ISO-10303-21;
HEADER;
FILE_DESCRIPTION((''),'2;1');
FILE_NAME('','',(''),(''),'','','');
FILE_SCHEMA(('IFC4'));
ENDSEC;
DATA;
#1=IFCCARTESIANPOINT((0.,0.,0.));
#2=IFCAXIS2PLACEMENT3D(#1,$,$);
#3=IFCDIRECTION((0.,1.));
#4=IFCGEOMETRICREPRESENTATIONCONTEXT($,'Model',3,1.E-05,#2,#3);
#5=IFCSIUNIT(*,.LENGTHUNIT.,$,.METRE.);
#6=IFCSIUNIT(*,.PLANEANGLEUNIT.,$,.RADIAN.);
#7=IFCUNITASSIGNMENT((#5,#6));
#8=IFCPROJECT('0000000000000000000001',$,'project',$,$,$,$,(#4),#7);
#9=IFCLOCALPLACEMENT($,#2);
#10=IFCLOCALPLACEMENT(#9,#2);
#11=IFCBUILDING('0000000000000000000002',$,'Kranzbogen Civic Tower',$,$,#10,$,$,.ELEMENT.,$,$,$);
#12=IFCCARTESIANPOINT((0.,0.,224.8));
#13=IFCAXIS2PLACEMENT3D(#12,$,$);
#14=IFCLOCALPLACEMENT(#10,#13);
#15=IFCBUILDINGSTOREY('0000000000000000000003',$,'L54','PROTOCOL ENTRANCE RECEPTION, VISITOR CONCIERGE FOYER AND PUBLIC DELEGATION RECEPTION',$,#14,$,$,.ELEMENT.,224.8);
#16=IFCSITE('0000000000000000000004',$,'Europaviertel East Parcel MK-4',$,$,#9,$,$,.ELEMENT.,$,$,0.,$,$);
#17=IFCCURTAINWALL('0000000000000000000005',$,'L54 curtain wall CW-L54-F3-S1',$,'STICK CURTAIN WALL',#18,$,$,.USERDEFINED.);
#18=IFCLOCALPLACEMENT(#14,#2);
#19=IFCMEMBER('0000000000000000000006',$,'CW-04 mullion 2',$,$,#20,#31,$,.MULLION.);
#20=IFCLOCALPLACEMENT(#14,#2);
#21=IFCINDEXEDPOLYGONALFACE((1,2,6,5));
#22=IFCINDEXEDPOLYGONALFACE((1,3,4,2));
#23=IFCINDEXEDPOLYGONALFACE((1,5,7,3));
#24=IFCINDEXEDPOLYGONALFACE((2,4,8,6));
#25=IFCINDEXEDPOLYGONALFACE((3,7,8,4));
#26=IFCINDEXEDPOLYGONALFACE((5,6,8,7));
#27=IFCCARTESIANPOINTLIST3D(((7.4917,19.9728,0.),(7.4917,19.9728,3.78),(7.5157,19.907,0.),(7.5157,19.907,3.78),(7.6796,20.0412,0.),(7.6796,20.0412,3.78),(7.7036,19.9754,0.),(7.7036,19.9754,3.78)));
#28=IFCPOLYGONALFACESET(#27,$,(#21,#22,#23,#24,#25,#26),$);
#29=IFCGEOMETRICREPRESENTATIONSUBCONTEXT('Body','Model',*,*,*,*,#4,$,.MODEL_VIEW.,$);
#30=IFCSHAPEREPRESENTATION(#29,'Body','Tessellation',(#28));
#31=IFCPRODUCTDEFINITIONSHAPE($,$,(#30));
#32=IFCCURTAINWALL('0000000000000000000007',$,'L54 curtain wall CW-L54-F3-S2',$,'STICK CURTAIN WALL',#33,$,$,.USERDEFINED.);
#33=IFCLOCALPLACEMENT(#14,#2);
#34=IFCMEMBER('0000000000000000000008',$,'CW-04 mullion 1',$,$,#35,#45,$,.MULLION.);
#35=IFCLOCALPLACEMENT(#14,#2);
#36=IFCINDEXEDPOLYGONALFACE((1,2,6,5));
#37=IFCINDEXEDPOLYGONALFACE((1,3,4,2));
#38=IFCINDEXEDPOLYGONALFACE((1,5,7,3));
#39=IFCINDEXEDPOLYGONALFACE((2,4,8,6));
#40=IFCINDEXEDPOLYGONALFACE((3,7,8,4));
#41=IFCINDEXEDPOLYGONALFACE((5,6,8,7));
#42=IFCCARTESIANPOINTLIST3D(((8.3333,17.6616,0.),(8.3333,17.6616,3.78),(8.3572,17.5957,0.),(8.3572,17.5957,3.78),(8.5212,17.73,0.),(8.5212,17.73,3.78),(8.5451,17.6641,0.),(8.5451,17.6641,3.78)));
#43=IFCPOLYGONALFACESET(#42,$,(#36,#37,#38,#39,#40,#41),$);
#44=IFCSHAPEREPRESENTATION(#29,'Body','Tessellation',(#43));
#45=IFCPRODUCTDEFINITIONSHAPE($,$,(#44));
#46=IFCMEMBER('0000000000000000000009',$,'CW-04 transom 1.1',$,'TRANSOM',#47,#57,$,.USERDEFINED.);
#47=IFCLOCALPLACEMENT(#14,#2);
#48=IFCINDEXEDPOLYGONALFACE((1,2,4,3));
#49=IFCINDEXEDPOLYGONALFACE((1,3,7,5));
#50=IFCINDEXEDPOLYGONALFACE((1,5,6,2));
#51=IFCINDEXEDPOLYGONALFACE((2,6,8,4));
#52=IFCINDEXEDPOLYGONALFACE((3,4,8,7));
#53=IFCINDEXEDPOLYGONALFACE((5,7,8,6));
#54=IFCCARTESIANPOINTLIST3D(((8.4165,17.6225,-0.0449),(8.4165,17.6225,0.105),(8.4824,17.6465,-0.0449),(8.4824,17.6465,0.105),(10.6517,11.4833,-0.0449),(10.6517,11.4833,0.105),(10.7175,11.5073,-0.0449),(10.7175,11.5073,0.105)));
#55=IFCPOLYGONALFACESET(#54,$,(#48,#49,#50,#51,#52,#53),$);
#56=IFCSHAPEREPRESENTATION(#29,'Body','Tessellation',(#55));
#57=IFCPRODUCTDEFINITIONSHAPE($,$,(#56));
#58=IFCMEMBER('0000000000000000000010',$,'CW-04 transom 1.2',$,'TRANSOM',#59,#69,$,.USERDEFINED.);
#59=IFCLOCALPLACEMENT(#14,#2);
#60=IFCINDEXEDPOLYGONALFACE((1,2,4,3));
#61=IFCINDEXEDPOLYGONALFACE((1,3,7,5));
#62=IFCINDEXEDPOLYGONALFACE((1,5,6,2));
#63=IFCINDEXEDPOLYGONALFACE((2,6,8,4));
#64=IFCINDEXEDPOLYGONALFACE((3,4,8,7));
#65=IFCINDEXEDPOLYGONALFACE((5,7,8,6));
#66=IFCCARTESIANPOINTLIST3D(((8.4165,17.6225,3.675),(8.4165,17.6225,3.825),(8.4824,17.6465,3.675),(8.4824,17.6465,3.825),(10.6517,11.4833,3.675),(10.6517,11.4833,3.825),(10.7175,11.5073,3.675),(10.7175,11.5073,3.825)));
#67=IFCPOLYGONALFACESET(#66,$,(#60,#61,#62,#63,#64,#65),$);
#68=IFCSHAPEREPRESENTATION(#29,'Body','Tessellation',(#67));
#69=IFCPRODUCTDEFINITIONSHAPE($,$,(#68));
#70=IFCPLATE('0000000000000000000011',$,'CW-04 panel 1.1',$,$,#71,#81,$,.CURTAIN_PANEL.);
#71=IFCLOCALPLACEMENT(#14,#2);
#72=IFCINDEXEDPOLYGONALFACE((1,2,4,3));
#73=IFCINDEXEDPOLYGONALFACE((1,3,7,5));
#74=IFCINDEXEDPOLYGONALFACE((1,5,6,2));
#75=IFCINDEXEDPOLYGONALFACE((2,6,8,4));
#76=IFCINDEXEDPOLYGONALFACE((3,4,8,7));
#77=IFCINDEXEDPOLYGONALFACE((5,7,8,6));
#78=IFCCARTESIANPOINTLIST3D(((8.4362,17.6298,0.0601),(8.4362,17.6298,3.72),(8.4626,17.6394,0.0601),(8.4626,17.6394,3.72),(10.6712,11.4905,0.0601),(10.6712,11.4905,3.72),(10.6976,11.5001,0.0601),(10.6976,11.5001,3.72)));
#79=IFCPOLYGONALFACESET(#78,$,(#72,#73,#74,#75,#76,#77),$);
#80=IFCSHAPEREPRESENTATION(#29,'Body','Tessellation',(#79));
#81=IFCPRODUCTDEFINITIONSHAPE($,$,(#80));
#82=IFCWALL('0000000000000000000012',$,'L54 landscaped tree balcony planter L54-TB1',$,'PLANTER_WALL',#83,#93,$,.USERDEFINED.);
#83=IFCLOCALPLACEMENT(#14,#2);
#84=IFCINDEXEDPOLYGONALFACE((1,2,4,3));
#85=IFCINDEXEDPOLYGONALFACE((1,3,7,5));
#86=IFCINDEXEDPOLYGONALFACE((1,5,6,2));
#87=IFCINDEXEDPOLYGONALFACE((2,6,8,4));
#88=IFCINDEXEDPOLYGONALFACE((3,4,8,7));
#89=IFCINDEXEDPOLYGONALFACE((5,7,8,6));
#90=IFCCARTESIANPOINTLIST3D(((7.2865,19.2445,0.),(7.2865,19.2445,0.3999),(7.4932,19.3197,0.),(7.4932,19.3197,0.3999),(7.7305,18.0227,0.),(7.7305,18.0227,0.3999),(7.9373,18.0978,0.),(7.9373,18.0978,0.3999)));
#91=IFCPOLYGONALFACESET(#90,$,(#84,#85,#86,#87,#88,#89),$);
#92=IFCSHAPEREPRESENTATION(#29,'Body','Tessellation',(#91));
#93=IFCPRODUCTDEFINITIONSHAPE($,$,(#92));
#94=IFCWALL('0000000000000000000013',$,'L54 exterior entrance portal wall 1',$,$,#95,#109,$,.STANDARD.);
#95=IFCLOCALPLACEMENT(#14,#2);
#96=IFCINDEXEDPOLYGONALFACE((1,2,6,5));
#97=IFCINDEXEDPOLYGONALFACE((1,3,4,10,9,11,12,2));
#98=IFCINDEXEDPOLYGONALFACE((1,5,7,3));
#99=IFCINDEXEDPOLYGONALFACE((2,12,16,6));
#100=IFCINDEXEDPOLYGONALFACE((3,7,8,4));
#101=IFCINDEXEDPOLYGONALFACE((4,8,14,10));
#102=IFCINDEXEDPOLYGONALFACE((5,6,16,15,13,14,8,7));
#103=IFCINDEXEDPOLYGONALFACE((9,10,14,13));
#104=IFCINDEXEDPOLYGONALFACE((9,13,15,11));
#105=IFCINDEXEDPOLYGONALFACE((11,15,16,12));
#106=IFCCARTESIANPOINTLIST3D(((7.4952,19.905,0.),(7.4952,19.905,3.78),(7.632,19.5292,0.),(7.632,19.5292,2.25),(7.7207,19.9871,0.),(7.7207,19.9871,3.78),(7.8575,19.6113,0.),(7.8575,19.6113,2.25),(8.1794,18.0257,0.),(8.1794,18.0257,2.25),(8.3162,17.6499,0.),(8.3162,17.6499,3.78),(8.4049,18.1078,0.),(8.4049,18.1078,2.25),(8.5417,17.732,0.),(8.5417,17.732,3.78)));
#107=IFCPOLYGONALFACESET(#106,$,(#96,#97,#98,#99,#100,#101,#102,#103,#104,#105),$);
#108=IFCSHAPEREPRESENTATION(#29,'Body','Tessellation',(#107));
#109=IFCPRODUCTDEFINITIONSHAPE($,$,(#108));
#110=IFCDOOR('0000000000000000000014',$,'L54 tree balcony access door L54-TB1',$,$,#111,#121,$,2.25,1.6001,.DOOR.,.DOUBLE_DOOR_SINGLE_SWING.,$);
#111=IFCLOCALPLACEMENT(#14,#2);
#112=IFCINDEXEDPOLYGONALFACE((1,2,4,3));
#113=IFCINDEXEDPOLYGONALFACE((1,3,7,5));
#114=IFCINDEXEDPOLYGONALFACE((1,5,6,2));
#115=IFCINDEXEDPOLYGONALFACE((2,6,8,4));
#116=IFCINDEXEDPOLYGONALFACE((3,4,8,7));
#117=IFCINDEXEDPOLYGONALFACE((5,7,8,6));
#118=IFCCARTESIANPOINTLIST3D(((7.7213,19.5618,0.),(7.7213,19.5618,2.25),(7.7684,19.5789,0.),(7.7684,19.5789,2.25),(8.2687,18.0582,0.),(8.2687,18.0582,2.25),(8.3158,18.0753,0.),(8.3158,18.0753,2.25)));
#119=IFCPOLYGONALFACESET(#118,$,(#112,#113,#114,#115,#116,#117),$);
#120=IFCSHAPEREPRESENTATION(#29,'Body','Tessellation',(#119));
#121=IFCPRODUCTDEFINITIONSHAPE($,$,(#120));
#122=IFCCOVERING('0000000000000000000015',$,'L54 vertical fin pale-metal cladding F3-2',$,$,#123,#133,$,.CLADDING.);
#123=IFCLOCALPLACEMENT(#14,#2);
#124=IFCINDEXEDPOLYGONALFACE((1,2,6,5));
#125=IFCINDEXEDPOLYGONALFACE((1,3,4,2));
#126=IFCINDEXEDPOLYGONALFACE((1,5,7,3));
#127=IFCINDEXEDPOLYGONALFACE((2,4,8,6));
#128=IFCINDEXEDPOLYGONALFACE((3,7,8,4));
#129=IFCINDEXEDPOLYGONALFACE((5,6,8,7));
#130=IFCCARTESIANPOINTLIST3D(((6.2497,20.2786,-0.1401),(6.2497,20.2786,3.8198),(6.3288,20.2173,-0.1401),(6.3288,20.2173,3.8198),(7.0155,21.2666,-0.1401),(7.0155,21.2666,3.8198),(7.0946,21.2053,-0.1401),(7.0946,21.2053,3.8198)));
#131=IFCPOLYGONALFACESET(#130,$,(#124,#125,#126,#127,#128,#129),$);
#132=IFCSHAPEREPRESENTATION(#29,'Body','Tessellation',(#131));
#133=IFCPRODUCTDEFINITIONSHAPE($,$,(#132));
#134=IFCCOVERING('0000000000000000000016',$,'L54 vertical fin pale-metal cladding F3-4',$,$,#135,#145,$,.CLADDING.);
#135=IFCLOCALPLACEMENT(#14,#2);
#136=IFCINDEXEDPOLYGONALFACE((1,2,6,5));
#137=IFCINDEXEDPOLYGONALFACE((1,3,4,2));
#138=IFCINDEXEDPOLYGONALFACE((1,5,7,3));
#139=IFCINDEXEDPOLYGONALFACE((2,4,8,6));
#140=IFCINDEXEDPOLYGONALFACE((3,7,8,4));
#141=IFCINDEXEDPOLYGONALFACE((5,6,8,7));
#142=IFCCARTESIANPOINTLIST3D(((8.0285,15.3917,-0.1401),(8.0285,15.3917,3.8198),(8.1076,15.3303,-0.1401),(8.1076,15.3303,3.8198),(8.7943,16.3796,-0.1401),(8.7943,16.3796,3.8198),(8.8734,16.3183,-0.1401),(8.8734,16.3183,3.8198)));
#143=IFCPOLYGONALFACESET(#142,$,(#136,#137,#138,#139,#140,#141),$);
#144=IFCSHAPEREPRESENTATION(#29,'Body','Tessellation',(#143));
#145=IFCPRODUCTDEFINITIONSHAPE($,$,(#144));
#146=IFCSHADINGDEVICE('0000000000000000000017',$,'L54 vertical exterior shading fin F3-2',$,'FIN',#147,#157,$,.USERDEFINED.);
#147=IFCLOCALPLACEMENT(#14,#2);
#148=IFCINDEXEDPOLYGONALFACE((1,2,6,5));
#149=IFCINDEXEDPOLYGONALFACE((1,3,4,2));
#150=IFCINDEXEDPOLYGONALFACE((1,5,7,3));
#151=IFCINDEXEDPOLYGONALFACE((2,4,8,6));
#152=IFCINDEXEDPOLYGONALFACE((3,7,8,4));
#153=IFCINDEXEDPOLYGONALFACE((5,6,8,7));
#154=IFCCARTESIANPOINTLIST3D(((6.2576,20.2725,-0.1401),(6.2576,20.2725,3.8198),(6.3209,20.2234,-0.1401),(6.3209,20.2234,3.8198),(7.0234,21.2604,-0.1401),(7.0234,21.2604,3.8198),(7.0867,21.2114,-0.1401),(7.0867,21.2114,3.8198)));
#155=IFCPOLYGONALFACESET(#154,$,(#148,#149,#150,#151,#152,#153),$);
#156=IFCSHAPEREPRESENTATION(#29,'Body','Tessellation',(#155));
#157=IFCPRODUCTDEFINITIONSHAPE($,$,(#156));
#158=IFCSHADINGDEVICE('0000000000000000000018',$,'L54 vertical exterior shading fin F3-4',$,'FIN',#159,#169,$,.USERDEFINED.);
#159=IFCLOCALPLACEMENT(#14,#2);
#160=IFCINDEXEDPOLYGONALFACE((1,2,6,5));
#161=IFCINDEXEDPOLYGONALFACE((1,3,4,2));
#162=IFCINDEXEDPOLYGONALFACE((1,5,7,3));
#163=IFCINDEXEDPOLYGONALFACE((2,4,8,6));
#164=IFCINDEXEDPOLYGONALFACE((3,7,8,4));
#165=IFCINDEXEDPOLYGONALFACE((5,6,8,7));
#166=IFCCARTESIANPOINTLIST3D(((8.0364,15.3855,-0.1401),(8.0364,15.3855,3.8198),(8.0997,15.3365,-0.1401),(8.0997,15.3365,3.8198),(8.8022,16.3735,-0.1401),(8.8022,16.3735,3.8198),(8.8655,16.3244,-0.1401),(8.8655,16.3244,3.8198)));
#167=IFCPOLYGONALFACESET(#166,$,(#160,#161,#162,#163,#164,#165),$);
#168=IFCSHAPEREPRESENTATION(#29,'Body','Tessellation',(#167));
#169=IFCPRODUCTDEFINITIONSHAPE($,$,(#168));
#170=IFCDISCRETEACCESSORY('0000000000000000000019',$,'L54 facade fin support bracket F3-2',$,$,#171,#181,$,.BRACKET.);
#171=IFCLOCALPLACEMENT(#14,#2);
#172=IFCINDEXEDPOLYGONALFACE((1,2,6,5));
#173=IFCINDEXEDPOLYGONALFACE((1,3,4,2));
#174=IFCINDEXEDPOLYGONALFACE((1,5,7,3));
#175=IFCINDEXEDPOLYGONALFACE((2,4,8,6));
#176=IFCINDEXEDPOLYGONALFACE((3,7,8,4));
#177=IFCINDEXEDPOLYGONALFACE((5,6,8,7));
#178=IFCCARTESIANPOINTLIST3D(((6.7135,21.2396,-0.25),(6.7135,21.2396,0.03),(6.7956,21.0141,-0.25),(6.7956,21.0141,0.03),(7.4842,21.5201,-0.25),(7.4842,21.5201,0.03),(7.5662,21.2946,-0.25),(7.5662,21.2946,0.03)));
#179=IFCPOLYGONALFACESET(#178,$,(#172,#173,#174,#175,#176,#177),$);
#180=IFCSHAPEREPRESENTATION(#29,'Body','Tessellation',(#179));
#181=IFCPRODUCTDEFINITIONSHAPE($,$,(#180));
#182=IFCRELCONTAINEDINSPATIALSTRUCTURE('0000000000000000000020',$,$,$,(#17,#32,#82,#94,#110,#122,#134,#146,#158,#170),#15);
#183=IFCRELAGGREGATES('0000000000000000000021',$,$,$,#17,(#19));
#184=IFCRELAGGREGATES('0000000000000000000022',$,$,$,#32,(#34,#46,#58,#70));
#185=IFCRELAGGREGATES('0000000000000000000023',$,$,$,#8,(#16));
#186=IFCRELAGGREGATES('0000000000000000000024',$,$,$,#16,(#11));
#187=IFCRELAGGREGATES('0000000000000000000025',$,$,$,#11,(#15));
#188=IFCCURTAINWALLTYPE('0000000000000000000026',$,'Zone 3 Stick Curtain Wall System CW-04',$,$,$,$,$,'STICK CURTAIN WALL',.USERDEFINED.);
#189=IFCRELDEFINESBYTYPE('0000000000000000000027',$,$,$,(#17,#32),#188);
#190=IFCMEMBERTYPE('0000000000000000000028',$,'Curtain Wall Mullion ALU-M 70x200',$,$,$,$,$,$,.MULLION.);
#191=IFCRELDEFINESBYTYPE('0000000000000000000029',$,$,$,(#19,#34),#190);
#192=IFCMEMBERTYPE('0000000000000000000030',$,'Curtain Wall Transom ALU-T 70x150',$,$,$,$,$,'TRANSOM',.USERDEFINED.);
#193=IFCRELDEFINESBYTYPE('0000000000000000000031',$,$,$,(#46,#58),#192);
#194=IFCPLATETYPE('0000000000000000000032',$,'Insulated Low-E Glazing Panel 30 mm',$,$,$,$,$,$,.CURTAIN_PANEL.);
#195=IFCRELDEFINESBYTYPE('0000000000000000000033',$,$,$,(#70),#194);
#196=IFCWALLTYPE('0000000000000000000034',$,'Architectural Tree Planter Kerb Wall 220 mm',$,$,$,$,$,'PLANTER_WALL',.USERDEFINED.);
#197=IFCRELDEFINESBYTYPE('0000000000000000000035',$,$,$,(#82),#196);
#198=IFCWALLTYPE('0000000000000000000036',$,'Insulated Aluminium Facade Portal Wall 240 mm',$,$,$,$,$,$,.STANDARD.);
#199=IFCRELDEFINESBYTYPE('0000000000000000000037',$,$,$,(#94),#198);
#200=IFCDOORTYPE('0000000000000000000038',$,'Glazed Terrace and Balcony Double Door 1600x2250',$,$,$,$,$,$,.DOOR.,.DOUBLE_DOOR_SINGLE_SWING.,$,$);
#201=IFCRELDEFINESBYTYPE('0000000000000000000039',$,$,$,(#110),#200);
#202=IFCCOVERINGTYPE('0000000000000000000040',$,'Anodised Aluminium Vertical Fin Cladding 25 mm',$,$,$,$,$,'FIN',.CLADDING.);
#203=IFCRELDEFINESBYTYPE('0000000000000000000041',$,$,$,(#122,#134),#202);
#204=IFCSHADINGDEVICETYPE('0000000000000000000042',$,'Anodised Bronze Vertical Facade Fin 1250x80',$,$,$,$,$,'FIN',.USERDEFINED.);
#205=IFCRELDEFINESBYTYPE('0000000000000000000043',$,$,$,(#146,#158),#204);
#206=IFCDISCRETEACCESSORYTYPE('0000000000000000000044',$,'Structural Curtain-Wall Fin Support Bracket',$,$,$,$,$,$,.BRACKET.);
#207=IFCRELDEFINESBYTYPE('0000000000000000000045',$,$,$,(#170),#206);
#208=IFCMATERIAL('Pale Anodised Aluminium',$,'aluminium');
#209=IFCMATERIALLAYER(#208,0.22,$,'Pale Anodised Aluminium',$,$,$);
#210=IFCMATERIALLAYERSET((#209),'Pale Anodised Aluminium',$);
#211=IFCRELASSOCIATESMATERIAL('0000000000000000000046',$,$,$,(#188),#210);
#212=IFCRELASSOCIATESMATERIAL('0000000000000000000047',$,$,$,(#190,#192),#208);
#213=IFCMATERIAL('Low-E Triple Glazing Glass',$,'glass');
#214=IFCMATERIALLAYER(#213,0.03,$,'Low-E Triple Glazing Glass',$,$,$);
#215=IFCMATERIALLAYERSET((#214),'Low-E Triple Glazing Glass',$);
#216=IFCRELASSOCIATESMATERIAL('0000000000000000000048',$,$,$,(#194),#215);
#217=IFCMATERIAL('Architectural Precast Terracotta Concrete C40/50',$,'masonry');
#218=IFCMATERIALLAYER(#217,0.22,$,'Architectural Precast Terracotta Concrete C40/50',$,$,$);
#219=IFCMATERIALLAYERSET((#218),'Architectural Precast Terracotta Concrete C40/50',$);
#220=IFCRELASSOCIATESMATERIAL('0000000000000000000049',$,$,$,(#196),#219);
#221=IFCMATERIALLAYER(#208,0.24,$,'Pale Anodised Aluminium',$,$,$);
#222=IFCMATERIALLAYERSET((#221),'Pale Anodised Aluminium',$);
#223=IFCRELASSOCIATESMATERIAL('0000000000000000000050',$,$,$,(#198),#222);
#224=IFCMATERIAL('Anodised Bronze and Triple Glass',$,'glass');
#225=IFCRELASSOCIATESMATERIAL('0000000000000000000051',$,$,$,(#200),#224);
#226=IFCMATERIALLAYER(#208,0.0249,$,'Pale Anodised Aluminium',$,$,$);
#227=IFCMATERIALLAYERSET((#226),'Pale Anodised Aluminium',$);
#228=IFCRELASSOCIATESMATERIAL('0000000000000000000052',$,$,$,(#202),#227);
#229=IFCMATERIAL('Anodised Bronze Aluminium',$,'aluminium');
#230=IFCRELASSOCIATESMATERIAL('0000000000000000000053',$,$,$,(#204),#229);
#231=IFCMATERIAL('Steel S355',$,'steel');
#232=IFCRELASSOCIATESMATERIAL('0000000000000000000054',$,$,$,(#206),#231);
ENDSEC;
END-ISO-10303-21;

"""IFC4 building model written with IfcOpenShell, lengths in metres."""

from ifc_helpers import new_model, si_unit, direction, frame, frame_2d, origin, origin_2d, place, context, subcontext, project, spatial, rectangle, extrude, material, layer, layer_set, material_profile, profile_set, type_object, element, fill, aggregate, save


model = new_model("IFC4")

# Units and contexts
model_context = context("Model", 3, precision=1e-05, world=origin(), true_north=direction((0.0, 1.0)))
body_context = subcontext(model_context, "Body", "Model", "MODEL_VIEW")
ifc_project = project(units=[si_unit("LENGTHUNIT", "METRE"), si_unit("PLANEANGLEUNIT", "RADIAN")], contexts=[model_context])

# Site, building, storey
site_placement = place(None, origin())
site = spatial("IfcSite", under=ifc_project, at=site_placement, Name="Europaviertel East Parcel MK-4", CompositionType="ELEMENT", RefElevation=0.0)
building_placement = place(site_placement, origin())
building = spatial("IfcBuilding", under=site, at=building_placement, Name="Kranzbogen Civic Tower", CompositionType="ELEMENT")
storey_placement = place(building_placement, frame((0.0, 0.0, 224.8)))
storey = spatial("IfcBuildingStorey", under=building, at=storey_placement, Name="L54", Description="PROTOCOL ENTRANCE RECEPTION, VISITOR CONCIERGE FOYER AND PUBLIC DELEGATION RECEPTION", CompositionType="ELEMENT", Elevation=224.8)

# Curtain wall, member
ifc_material_1 = material(Name="Pale Anodised Aluminium", Category="aluminium")
ifc_layer_1 = layer(ifc_material_1, 0.22, Name="Pale Anodised Aluminium")
ifc_layer_set_1 = layer_set([ifc_layer_1], Name="Pale Anodised Aluminium")
curtain_wall_type = type_object("IfcCurtainWallType", Name="Zone 3 Stick Curtain Wall System CW-04", ElementType="STICK CURTAIN WALL", PredefinedType="USERDEFINED", material=ifc_layer_set_1)
curtain_wall_1_placement = place(storey_placement, origin())
curtain_wall_1 = element("IfcCurtainWall", 1, at=curtain_wall_1_placement, inside=storey, type_object=curtain_wall_type, Name="L54 curtain wall CW-L54-F3-S1", ObjectType="STICK CURTAIN WALL", PredefinedType="USERDEFINED")
ifc_material_profile_1 = material_profile(ifc_material_1, rectangle(XDim=0.0701, YDim=0.2, at=origin_2d()), Name="ALU-M 70x200")
ifc_profile_set_1 = profile_set([ifc_material_profile_1], Name="Pale Anodised Aluminium")
member_type_1 = type_object("IfcMemberType", Name="Curtain Wall Mullion ALU-M 70x200", PredefinedType="MULLION", material=ifc_profile_set_1)
member_1_placement = place(storey_placement, frame((7.5977, 19.9741, 0.0), z_axis=(0.0, 0.0, 1.0), x_axis=(0.342033, -0.939688, 0.0)))
member_1 = element("IfcMember", 2, at=member_1_placement, type_object=member_type_1, Name="CW-04 mullion 2", PredefinedType="MULLION", context=body_context, shape_type="SweptSolid", body=[
    extrude(rectangle(XDim=0.0701, YDim=0.2, at=origin_2d()), origin(), (0.0, 0.0, 1.0), 3.78),
])
aggregate(curtain_wall_1, [member_1])

# Curtain wall, members, plate
curtain_wall_2_placement = place(storey_placement, origin())
curtain_wall_2 = element("IfcCurtainWall", 3, at=curtain_wall_2_placement, inside=storey, type_object=curtain_wall_type, Name="L54 curtain wall CW-L54-F3-S2", ObjectType="STICK CURTAIN WALL", PredefinedType="USERDEFINED")
member_2_placement = place(storey_placement, frame((8.4392, 17.6628, 0.0), z_axis=(0.0, 0.0, 1.0), x_axis=(0.342081, -0.93967, 0.0)))
member_2 = element("IfcMember", 4, at=member_2_placement, type_object=member_type_1, Name="CW-04 mullion 1", PredefinedType="MULLION", context=body_context, shape_type="SweptSolid", body=[
    extrude(rectangle(XDim=0.0701, YDim=0.2, at=origin_2d()), origin(), (0.0, 0.0, 1.0), 3.78),
])
ifc_material_profile_2 = material_profile(ifc_material_1, rectangle(XDim=0.0701, YDim=0.1499, at=origin_2d()), Name="ALU-T 70x150")
ifc_profile_set_2 = profile_set([ifc_material_profile_2], Name="Pale Anodised Aluminium")
member_type_2 = type_object("IfcMemberType", Name="Curtain Wall Transom ALU-T 70x150", ElementType="TRANSOM", PredefinedType="USERDEFINED", material=ifc_profile_set_2)
member_3_placement = place(storey_placement, frame((8.4495, 17.6345, 0.03), z_axis=(0.342106, -0.939661, 0.0), x_axis=(0.939661, 0.342106, 0.0)))
member_3 = element("IfcMember", 5, at=member_3_placement, type_object=member_type_2, Name="CW-04 transom 1.1", ObjectType="TRANSOM", PredefinedType="USERDEFINED", context=body_context, shape_type="SweptSolid", body=[
    extrude(rectangle(XDim=0.0701, YDim=0.1499, at=origin_2d()), origin(), (0.0, 0.0, 1.0), 6.5334),
])
member_4_placement = place(storey_placement, frame((8.4495, 17.6345, 3.75), z_axis=(0.342106, -0.939661, 0.0), x_axis=(0.939661, 0.342106, 0.0)))
member_4 = element("IfcMember", 6, at=member_4_placement, type_object=member_type_2, Name="CW-04 transom 1.2", ObjectType="TRANSOM", PredefinedType="USERDEFINED", context=body_context, shape_type="SweptSolid", body=[
    extrude(rectangle(XDim=0.0701, YDim=0.1499, at=origin_2d()), origin(), (0.0, 0.0, 1.0), 6.5334),
])
ifc_material_2 = material(Name="Low-E Triple Glazing Glass", Category="glass")
ifc_layer_2 = layer(ifc_material_2, 0.03, Name="Low-E Triple Glazing Glass")
ifc_layer_set_2 = layer_set([ifc_layer_2], Name="Low-E Triple Glazing Glass")
plate_type = type_object("IfcPlateType", Name="Insulated Low-E Glazing Panel 30 mm", PredefinedType="CURTAIN_PANEL", material=ifc_layer_set_2)
plate_placement = place(storey_placement, frame((9.5669, 14.5649, 0.0601), z_axis=(0.0, 0.0, 1.0), x_axis=(0.342081, -0.93967, 0.0)))
plate = element("IfcPlate", 7, at=plate_placement, type_object=plate_type, Name="CW-04 panel 1.1", PredefinedType="CURTAIN_PANEL", context=body_context, shape_type="SweptSolid", body=[
    extrude(rectangle(XDim=6.5334, YDim=0.0281, at=origin_2d()), origin(), (0.0, 0.0, 1.0), 3.6599),
])
aggregate(curtain_wall_2, [member_2, member_3, member_4, plate])

# Wall
ifc_material_3 = material(Name="Architectural Precast Terracotta Concrete C40/50", Category="masonry")
ifc_layer_3 = layer(ifc_material_3, 0.22, Name="Architectural Precast Terracotta Concrete C40/50")
ifc_layer_set_3 = layer_set([ifc_layer_3], Name="Architectural Precast Terracotta Concrete C40/50")
wall_type_1 = type_object("IfcWallType", Name="Architectural Tree Planter Kerb Wall 220 mm", ElementType="PLANTER_WALL", PredefinedType="USERDEFINED", material=ifc_layer_set_3)
wall_1_placement = place(storey_placement, frame((7.3899, 19.282, 0.0), z_axis=(0.0, 0.0, 1.0), x_axis=(0.341577, -0.939854, 0.0)))
element("IfcWall", 8, at=wall_1_placement, inside=storey, type_object=wall_type_1, Name="L54 landscaped tree balcony planter L54-TB1", ObjectType="PLANTER_WALL", PredefinedType="USERDEFINED", context=body_context, shape_type="SweptSolid", body=[
    extrude(rectangle(XDim=1.3, YDim=0.22, at=frame_2d((0.6499, 0.0))), origin(), (0.0, 0.0, 1.0), 0.3999),
])

# Wall, opening, door
ifc_layer_4 = layer(ifc_material_1, 0.24, Name="Pale Anodised Aluminium")
ifc_layer_set_4 = layer_set([ifc_layer_4], Name="Pale Anodised Aluminium")
wall_type_2 = type_object("IfcWallType", Name="Insulated Aluminium Facade Portal Wall 240 mm", PredefinedType="STANDARD", material=ifc_layer_set_4)
wall_2_placement = place(storey_placement, frame((7.6079, 19.946, 0.0), z_axis=(0.0, 0.0, 1.0), x_axis=(0.342111, -0.93966, 0.0)))
wall_2 = element("IfcWall", 9, at=wall_2_placement, inside=storey, type_object=wall_type_2, Name="L54 exterior entrance portal wall 1", PredefinedType="STANDARD", context=body_context, shape_type="SweptSolid", body=[
    extrude(rectangle(XDim=2.3999, YDim=0.24, at=frame_2d((1.2, 0.0))), origin(), (0.0, 0.0, 1.0), 3.78),
])
opening_placement = place(wall_2_placement, frame((0.3999, 0.0, 0.0)))
opening = element("IfcOpeningElement", 10, at=opening_placement, cuts=wall_2, PredefinedType="OPENING", context=body_context, shape_type="SweptSolid", body=[
    extrude(rectangle(XDim=1.6001, YDim=2.25, at=frame_2d((0.8, 1.125))), frame((0.0, 0.1299, 0.0), z_axis=(0.0, -1.0, 0.0), x_axis=(1.0, 0.0, 0.0)), (0.0, 0.0, 1.0), 0.26),
])
ifc_material_4 = material(Name="Anodised Bronze and Triple Glass", Category="glass")
door_type = type_object("IfcDoorType", Name="Glazed Terrace and Balcony Double Door 1600x2250", OperationType="DOUBLE_DOOR_SINGLE_SWING", PredefinedType="DOOR", material=ifc_material_4)
door_placement = place(opening_placement, frame((1.6001, 0.0, 0.0), z_axis=(0.0, 0.0, 1.0), x_axis=(-1.0, 0.0, 0.0)))
door = element("IfcDoor", 11, at=door_placement, inside=storey, type_object=door_type, Name="L54 tree balcony access door L54-TB1", OperationType="DOUBLE_DOOR_SINGLE_SWING", OverallHeight=2.25, OverallWidth=1.6001, PredefinedType="DOOR", context=body_context, shape_type="SweptSolid", body=[
    extrude(rectangle(XDim=1.6001, YDim=2.25, at=frame_2d((0.8, 1.125))), frame((0.0, 0.0249, 0.0), z_axis=(0.0, -1.0, 0.0), x_axis=(1.0, 0.0, 0.0)), (0.0, 0.0, 1.0), 0.05),
])
fill(opening, door)

# Coverings
ifc_layer_5 = layer(ifc_material_1, 0.0249, Name="Pale Anodised Aluminium")
ifc_layer_set_5 = layer_set([ifc_layer_5], Name="Pale Anodised Aluminium")
covering_type = type_object("IfcCoveringType", Name="Anodised Aluminium Vertical Fin Cladding 25 mm", ElementType="FIN", PredefinedType="CLADDING", material=ifc_layer_set_5)
for number, where, z_axis, x_axis, name in (
    (12, (6.6721, 20.7419, -0.1401), (0.0, 0.0, 1.0), (-0.612645, -0.790358, 0.0), "L54 vertical fin pale-metal cladding F3-2"),
    (13, (8.4509, 15.855, -0.1401), (0.0, 0.0, 1.0), (-0.612645, -0.790358, 0.0), "L54 vertical fin pale-metal cladding F3-4"),
):
    element("IfcCovering", number, at=place(storey_placement, frame(where, z_axis=z_axis, x_axis=x_axis)), inside=storey, type_object=covering_type, Name=name, PredefinedType="CLADDING", context=body_context, shape_type="SweptSolid", body=[
        extrude(rectangle(XDim=1.25, YDim=0.1001, at=origin_2d()), origin(), (0.0, 0.0, 1.0), 3.96),
    ])

# Shading devices
ifc_material_5 = material(Name="Anodised Bronze Aluminium", Category="aluminium")
shading_device_type = type_object("IfcShadingDeviceType", Name="Anodised Bronze Vertical Facade Fin 1250x80", ElementType="FIN", PredefinedType="USERDEFINED", material=ifc_material_5)
for number, where, z_axis, x_axis, name in (
    (14, (6.6721, 20.7419, -0.1401), (0.0, 0.0, 1.0), (-0.612645, -0.790358, 0.0), "L54 vertical exterior shading fin F3-2"),
    (15, (8.4509, 15.855, -0.1401), (0.0, 0.0, 1.0), (-0.612645, -0.790358, 0.0), "L54 vertical exterior shading fin F3-4"),
):
    element("IfcShadingDevice", number, at=place(storey_placement, frame(where, z_axis=z_axis, x_axis=x_axis)), inside=storey, type_object=shading_device_type, Name=name, ObjectType="FIN", PredefinedType="USERDEFINED", context=body_context, shape_type="SweptSolid", body=[
        extrude(rectangle(XDim=1.25, YDim=0.0801, at=origin_2d()), origin(), (0.0, 0.0, 1.0), 3.96),
    ])

# Discrete accessory
ifc_material_6 = material(Name="Steel S355", Category="steel")
discrete_accessory_type = type_object("IfcDiscreteAccessoryType", Name="Structural Curtain-Wall Fin Support Bracket", PredefinedType="BRACKET", material=ifc_material_6)
for number, where, z_axis, x_axis, name in (
    (16, (7.1399, 21.2671, -0.25), (0.0, 0.0, 1.0), (-0.939693, -0.34202, 0.0), "L54 facade fin support bracket F3-2"),
):
    element("IfcDiscreteAccessory", number, at=place(storey_placement, frame(where, z_axis=z_axis, x_axis=x_axis)), inside=storey, type_object=discrete_accessory_type, Name=name, PredefinedType="BRACKET", context=body_context, shape_type="SweptSolid", body=[
        extrude(rectangle(XDim=0.8201, YDim=0.24, at=origin_2d()), origin(), (0.0, 0.0, 1.0), 0.28),
    ])

save(model, "model.ifc")
